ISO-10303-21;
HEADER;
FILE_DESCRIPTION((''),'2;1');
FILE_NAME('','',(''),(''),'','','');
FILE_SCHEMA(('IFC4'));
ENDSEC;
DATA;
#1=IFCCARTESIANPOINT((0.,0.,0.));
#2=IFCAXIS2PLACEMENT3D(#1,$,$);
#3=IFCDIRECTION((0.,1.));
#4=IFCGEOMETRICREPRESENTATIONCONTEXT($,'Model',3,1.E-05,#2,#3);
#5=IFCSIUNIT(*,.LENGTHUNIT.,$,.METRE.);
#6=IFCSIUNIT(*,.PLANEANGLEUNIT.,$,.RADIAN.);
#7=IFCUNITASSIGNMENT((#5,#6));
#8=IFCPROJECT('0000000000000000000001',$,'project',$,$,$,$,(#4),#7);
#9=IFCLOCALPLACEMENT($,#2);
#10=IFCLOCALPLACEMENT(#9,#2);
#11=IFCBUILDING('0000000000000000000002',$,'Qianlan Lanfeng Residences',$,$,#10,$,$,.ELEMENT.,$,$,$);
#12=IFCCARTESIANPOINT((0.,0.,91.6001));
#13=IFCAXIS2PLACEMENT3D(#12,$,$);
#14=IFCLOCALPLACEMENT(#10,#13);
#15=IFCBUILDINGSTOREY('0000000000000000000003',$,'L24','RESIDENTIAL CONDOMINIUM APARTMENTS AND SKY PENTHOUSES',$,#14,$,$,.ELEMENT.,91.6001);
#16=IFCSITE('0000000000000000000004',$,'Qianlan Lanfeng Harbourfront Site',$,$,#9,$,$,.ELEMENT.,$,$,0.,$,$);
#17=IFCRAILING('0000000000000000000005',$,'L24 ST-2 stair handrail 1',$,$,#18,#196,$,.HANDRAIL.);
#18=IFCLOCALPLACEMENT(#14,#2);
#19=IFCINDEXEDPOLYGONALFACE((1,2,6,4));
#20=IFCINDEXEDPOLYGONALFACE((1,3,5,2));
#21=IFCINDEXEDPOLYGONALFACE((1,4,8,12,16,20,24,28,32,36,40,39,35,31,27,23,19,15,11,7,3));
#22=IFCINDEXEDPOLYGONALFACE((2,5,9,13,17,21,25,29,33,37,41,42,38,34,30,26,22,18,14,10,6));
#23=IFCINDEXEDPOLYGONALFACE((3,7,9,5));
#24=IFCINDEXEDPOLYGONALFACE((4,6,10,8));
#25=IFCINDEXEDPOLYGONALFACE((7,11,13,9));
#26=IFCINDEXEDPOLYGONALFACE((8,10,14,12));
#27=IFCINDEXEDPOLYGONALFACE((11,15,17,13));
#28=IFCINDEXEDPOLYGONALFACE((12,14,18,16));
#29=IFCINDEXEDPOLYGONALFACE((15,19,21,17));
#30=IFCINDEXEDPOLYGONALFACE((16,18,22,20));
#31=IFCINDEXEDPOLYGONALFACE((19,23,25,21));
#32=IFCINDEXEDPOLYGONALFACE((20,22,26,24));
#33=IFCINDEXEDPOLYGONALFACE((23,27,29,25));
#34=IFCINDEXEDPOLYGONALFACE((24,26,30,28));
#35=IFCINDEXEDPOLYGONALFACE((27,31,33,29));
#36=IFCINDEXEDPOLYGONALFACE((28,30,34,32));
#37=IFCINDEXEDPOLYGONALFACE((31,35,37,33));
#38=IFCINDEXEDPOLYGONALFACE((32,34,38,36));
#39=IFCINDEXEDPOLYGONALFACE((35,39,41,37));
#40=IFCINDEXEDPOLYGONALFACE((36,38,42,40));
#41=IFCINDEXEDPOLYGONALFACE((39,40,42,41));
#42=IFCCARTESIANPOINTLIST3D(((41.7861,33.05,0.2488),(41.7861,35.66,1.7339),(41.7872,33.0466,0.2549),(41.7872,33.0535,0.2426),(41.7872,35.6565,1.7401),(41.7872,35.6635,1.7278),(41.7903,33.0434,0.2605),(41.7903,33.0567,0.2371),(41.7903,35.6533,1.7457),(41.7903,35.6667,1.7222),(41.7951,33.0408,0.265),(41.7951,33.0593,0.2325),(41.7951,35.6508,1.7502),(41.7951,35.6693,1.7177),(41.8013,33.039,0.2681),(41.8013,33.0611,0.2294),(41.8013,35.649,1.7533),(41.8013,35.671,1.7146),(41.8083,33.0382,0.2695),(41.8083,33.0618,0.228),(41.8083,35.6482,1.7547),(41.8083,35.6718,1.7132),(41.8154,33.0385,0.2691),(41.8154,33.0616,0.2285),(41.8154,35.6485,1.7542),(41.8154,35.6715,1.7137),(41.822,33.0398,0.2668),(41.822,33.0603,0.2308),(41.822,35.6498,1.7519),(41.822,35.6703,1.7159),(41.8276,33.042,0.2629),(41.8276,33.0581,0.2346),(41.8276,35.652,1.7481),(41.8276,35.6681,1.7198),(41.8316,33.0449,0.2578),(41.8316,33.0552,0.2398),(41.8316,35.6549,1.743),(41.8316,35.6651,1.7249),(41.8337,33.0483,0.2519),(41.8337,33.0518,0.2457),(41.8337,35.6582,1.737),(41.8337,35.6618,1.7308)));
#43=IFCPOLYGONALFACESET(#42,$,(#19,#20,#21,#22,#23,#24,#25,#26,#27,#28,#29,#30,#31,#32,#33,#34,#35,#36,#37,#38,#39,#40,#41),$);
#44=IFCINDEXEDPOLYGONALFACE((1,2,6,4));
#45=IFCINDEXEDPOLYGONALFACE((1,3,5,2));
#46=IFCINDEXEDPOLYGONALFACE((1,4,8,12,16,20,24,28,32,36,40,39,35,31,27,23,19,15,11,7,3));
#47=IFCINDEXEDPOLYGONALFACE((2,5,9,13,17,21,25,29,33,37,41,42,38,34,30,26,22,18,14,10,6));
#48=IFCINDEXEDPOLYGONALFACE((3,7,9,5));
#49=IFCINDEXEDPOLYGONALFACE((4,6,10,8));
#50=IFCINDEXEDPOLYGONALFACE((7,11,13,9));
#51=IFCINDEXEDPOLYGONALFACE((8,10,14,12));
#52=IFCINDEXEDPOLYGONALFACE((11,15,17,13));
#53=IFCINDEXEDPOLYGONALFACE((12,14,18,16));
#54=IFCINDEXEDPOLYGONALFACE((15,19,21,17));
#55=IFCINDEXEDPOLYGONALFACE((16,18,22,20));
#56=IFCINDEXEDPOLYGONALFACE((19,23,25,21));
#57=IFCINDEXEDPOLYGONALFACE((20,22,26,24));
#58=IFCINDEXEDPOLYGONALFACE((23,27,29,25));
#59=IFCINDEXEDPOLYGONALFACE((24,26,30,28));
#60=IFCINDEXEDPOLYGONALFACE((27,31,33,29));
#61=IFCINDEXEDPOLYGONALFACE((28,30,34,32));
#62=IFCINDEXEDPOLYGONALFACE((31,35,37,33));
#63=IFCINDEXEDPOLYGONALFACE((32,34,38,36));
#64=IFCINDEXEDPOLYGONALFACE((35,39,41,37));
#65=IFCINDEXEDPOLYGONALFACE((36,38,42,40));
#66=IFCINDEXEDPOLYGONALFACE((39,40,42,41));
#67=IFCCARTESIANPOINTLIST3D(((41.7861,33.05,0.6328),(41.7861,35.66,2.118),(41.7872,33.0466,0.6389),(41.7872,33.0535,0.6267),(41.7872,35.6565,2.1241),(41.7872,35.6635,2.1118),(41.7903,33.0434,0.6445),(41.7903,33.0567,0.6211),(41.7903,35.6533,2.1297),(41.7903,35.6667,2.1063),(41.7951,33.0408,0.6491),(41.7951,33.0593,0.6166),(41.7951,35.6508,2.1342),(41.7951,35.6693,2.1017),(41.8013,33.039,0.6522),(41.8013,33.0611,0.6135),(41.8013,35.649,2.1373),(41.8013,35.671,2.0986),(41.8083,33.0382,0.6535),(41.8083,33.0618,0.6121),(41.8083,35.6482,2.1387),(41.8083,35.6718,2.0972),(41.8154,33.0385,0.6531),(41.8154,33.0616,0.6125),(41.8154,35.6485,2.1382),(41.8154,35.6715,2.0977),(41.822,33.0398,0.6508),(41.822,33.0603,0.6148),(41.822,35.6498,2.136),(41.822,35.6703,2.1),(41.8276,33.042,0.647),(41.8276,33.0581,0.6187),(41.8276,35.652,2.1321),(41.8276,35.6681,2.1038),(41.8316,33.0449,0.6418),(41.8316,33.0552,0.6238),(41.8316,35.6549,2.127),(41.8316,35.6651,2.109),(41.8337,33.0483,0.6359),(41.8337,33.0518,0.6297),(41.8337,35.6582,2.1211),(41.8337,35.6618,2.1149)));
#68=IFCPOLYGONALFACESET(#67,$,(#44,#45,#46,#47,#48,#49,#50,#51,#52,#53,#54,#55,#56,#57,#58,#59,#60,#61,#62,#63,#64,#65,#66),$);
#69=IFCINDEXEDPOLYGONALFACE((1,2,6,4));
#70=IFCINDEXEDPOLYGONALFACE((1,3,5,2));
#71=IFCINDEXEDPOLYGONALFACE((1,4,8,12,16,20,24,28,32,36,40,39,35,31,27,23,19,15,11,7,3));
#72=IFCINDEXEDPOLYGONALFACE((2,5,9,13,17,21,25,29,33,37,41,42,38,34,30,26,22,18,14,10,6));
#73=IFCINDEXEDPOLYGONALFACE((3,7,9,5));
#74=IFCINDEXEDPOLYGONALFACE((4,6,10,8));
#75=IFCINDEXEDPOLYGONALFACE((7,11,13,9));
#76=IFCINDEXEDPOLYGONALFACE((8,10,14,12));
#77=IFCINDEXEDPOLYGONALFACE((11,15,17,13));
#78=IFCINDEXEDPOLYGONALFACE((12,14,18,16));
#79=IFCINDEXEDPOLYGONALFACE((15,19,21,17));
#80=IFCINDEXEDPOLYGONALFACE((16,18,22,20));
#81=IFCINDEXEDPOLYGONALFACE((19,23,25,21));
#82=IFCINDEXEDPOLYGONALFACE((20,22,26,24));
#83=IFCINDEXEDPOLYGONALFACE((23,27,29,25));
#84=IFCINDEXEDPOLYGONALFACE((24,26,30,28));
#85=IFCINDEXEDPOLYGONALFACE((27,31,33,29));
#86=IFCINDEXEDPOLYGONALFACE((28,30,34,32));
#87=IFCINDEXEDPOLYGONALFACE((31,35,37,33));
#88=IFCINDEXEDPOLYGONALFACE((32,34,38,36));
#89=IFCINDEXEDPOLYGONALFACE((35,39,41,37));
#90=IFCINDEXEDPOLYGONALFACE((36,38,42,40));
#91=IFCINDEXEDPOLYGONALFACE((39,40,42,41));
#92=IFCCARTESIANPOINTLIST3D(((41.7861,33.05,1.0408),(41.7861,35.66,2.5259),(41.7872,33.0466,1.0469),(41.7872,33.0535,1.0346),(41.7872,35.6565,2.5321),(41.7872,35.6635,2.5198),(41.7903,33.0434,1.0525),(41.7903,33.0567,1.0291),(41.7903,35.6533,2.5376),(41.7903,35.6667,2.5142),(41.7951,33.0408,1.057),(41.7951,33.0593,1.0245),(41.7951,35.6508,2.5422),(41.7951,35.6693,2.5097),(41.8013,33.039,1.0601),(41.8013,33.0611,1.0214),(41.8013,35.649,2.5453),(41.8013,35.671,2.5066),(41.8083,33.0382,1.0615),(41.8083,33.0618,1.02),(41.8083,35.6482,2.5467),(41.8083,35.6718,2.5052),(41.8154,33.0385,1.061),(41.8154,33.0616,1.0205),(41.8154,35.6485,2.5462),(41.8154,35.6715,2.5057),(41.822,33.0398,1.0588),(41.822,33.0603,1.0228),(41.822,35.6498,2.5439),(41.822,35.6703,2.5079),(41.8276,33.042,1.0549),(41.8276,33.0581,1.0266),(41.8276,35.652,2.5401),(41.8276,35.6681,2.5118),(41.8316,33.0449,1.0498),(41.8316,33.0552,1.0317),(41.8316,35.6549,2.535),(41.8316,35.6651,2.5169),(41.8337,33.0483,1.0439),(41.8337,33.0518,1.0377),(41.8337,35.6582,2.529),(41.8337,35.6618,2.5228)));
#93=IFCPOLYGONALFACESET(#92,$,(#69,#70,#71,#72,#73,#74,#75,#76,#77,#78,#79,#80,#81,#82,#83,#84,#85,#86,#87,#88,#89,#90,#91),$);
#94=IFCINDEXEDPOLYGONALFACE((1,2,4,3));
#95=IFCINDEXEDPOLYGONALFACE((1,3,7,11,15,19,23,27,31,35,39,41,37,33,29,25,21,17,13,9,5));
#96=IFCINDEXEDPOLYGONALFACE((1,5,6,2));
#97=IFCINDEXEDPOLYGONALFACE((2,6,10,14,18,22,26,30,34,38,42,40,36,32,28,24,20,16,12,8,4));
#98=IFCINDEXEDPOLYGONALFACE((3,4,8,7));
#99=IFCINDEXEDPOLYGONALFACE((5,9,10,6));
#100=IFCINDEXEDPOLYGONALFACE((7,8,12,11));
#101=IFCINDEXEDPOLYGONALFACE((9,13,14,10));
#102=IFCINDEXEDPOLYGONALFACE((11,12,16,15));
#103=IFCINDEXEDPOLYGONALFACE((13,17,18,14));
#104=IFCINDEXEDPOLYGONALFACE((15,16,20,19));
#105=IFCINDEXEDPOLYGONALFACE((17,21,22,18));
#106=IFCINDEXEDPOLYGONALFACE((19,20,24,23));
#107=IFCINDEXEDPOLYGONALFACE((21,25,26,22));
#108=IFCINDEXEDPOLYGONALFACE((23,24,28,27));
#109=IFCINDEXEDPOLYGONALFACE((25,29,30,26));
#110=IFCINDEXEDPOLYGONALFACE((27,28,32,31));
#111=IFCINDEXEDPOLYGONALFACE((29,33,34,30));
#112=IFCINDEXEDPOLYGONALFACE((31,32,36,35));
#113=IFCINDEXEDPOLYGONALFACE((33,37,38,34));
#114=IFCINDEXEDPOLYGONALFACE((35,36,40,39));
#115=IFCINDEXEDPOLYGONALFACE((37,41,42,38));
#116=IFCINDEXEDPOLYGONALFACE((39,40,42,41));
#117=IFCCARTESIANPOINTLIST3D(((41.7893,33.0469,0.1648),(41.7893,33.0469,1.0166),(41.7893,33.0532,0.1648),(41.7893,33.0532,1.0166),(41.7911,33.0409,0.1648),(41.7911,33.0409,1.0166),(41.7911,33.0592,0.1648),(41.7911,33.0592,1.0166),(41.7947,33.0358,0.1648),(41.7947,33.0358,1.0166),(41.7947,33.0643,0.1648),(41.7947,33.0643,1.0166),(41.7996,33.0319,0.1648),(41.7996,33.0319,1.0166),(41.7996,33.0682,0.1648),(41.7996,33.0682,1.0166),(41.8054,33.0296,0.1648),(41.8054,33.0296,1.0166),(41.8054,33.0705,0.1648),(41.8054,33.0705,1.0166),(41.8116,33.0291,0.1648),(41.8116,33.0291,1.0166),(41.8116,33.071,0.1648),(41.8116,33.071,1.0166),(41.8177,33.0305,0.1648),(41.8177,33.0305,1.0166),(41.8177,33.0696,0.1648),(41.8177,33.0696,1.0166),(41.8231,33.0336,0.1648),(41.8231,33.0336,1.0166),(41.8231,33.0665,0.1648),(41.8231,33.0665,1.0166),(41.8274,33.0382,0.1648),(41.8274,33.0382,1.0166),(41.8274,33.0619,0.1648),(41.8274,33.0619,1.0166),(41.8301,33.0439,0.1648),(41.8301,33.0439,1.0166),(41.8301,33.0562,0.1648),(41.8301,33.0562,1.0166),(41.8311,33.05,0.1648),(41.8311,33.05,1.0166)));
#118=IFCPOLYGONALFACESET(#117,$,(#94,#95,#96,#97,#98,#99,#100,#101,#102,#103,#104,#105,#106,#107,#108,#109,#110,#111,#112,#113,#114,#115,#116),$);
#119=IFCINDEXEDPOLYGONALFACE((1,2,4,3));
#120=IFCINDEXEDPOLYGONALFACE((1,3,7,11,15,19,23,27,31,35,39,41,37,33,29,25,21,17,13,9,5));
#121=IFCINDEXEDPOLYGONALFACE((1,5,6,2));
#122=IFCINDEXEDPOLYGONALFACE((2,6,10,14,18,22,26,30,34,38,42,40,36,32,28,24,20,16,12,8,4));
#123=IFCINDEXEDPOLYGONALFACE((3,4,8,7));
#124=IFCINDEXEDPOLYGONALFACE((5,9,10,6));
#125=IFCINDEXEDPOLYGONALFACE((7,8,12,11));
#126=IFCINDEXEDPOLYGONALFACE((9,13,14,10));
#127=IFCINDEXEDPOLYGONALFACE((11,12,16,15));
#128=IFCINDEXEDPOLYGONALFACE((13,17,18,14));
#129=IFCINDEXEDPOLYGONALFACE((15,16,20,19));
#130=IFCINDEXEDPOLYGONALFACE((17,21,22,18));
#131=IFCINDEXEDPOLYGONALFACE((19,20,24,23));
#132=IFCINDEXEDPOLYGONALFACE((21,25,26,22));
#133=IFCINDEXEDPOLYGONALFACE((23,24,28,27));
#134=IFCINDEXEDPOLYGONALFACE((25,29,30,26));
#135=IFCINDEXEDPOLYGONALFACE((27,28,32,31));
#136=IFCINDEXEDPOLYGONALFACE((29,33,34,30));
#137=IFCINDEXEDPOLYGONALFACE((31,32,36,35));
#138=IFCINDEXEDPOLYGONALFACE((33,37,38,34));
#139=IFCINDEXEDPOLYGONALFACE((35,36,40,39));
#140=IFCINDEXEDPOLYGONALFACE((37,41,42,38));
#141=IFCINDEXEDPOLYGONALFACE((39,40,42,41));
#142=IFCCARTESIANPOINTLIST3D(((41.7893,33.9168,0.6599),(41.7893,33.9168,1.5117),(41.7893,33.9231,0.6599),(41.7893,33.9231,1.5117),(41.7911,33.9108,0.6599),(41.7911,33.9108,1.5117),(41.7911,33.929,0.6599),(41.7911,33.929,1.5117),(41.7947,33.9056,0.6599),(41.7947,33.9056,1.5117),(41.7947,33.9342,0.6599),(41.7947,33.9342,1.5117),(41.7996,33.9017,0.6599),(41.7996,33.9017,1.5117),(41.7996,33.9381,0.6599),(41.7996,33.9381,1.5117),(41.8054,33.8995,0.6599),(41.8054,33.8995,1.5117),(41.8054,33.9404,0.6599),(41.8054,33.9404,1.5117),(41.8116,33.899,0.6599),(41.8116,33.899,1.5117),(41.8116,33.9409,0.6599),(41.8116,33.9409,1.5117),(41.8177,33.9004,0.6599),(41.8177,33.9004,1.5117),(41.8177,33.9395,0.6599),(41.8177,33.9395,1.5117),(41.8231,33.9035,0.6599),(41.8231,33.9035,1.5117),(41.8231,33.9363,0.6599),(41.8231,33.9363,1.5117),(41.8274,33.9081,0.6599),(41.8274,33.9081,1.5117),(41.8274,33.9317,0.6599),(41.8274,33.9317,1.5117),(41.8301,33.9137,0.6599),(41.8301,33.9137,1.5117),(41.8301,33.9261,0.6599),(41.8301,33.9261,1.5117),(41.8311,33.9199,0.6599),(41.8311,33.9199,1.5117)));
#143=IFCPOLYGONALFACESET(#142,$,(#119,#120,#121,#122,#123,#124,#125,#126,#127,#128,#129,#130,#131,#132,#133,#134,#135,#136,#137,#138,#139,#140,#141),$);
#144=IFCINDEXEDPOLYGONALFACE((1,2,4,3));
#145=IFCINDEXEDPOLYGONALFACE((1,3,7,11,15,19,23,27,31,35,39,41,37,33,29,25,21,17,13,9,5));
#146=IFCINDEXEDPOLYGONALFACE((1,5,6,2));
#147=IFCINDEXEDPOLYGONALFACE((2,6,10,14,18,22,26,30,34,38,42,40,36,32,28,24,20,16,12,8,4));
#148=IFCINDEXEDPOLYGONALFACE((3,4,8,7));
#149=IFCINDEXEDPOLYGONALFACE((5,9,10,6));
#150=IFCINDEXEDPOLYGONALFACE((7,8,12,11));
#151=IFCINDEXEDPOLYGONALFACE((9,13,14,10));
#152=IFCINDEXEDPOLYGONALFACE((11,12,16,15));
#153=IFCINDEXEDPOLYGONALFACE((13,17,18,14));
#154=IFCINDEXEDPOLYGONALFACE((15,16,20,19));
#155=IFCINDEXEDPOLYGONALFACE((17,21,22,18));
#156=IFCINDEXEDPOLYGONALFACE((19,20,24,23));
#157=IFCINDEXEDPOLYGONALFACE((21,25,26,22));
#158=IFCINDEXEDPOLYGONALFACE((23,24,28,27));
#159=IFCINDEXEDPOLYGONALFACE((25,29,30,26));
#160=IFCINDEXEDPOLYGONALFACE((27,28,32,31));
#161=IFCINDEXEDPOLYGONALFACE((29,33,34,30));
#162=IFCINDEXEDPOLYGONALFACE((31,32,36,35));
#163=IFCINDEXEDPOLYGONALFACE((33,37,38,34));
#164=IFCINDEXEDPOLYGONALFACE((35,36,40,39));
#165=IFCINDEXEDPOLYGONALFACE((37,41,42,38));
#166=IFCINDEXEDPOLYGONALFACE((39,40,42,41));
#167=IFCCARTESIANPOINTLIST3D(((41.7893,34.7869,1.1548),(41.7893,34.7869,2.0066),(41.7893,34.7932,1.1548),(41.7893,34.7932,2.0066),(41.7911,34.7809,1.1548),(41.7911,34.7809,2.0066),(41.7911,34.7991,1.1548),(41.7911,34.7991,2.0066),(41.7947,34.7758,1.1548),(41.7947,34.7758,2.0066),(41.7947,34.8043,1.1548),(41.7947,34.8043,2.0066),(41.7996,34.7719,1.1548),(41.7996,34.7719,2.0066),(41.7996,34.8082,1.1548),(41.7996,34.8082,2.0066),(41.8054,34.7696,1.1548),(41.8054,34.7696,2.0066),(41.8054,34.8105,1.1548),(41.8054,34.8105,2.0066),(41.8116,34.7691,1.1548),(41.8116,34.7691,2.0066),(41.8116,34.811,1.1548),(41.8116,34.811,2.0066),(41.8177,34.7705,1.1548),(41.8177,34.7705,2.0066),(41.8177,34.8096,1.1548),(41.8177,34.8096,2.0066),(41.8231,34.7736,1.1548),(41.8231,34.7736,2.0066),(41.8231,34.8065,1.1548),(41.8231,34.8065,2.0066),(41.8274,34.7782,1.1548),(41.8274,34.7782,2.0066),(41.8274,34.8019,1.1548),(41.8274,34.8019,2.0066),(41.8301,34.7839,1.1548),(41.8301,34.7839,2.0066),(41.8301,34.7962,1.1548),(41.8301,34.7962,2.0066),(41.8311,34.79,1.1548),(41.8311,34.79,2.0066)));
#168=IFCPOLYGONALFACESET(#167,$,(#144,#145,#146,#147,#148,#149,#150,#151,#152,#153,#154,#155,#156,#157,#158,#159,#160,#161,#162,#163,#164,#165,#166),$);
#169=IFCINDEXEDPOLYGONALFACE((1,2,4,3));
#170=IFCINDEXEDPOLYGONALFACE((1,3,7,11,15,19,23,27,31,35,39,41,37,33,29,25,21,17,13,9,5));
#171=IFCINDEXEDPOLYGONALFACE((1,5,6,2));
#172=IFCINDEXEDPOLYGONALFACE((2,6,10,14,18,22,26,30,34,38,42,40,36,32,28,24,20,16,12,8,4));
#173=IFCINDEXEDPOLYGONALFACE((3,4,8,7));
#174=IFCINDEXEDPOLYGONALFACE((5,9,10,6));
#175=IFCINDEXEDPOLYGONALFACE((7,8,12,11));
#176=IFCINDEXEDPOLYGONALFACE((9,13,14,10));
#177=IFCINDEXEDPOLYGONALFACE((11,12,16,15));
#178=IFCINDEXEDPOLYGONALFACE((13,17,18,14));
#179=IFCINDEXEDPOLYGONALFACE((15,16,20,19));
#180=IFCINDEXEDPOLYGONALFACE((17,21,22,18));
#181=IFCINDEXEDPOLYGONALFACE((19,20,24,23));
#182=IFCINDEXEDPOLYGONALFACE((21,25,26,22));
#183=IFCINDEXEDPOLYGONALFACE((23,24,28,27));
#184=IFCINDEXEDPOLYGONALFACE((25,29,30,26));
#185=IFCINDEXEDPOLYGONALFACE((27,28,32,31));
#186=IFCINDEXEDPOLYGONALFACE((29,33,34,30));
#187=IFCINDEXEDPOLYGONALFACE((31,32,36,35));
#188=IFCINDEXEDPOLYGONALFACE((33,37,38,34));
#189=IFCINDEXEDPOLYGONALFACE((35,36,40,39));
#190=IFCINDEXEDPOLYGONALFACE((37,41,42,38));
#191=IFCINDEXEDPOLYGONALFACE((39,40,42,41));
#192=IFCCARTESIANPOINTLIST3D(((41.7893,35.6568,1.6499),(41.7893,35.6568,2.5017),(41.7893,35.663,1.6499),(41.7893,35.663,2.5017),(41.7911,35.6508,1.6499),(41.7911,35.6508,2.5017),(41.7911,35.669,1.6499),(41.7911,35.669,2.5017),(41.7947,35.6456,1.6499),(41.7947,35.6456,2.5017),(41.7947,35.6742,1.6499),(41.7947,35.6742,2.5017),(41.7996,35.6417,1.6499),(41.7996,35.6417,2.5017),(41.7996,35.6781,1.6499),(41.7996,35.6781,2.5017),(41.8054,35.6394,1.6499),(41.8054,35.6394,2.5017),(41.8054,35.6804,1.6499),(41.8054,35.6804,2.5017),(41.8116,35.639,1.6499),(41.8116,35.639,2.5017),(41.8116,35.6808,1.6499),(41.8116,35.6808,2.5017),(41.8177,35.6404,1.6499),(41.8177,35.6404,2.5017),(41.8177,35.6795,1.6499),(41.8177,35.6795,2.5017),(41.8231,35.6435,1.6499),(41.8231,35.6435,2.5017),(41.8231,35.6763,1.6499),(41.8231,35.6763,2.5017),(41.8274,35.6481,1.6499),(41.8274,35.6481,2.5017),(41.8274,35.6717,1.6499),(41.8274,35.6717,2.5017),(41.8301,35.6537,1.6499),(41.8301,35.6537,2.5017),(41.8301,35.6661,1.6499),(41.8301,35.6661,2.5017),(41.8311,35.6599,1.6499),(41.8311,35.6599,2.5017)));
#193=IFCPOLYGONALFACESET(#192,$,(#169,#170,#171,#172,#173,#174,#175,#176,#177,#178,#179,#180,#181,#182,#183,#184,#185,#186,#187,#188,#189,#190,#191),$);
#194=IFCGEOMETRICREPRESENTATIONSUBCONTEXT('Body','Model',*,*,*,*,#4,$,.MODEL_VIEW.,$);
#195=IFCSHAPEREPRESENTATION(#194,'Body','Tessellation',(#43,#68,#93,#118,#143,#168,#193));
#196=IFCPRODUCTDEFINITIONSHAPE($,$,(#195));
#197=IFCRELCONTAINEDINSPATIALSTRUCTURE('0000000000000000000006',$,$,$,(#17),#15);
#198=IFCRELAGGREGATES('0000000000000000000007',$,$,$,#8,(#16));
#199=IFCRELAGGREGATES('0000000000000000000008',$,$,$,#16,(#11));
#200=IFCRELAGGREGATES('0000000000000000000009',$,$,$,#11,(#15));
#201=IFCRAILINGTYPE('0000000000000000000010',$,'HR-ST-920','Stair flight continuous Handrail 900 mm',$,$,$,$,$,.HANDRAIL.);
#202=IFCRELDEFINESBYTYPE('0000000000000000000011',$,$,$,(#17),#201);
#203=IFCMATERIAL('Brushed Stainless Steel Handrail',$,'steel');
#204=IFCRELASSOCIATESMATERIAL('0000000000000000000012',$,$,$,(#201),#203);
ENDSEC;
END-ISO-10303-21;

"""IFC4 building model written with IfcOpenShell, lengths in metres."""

from ifc_helpers import new_model, si_unit, direction, frame, origin, origin_2d, place, context, subcontext, project, spatial, circle, extrude, material, type_object, element, save


model = new_model("IFC4")

# Units and contexts
model_context = context("Model", 3, precision=1e-05, world=origin(), true_north=direction((0.0, 1.0)))
body_context = subcontext(model_context, "Body", "Model", "MODEL_VIEW")
ifc_project = project(units=[si_unit("LENGTHUNIT", "METRE"), si_unit("PLANEANGLEUNIT", "RADIAN")], contexts=[model_context])

# Site, building, storey
site_placement = place(None, origin())
site = spatial("IfcSite", under=ifc_project, at=site_placement, Name="Qianlan Lanfeng Harbourfront Site", CompositionType="ELEMENT", RefElevation=0.0)
building_placement = place(site_placement, origin())
building = spatial("IfcBuilding", under=site, at=building_placement, Name="Qianlan Lanfeng Residences", CompositionType="ELEMENT")
storey_placement = place(building_placement, frame((0.0, 0.0, 91.6001)))
storey = spatial("IfcBuildingStorey", under=building, at=storey_placement, Name="L24", Description="RESIDENTIAL CONDOMINIUM APARTMENTS AND SKY PENTHOUSES", CompositionType="ELEMENT", Elevation=91.6001)

# Railing
ifc_material_1 = material(Name="Brushed Stainless Steel Handrail", Category="steel")
railing_type_1 = type_object("IfcRailingType", Name="HR-ST-920", Description="Stair flight continuous Handrail 900 mm", PredefinedType="HANDRAIL", material=ifc_material_1)
railing_1_placement = place(storey_placement, frame((41.8101, 33.05, 0.1648)))
element("IfcRailing", 1, at=railing_1_placement, inside=storey, type_object=railing_type_1, Name="L24 ST-2 stair handrail 1", PredefinedType="HANDRAIL", context=body_context, shape_type="SweptSolid", body=[
    extrude(circle(Radius=0.0239, at=origin_2d()), frame((0.0, 0.0, 0.084), z_axis=(0.0, 0.869137, 0.494571), x_axis=(-1.0, 0.0, 0.0)), (0.0, 0.0, 1.0), 3.0029),
    extrude(circle(Radius=0.0239, at=origin_2d()), frame((0.0, 0.0, 0.468), z_axis=(0.0, 0.869137, 0.494571), x_axis=(-1.0, 0.0, 0.0)), (0.0, 0.0, 1.0), 3.0029),
    extrude(circle(Radius=0.0239, at=origin_2d()), frame((0.0, 0.0, 0.876), z_axis=(0.0, 0.869137, 0.494571), x_axis=(-1.0, 0.0, 0.0)), (0.0, 0.0, 1.0), 3.0029),
    extrude(circle(Radius=0.021, at=origin_2d()), origin(), (0.0, 0.0, 1.0), 0.8518),
    extrude(circle(Radius=0.021, at=origin_2d()), frame((0.0, 0.8699, 0.4951)), (0.0, 0.0, 1.0), 0.8518),
    extrude(circle(Radius=0.021, at=origin_2d()), frame((0.0, 1.74, 0.99)), (0.0, 0.0, 1.0), 0.8518),
    extrude(circle(Radius=0.021, at=origin_2d()), frame((0.0, 2.6099, 1.4851)), (0.0, 0.0, 1.0), 0.8518),
])

save(model, "model.ifc")
